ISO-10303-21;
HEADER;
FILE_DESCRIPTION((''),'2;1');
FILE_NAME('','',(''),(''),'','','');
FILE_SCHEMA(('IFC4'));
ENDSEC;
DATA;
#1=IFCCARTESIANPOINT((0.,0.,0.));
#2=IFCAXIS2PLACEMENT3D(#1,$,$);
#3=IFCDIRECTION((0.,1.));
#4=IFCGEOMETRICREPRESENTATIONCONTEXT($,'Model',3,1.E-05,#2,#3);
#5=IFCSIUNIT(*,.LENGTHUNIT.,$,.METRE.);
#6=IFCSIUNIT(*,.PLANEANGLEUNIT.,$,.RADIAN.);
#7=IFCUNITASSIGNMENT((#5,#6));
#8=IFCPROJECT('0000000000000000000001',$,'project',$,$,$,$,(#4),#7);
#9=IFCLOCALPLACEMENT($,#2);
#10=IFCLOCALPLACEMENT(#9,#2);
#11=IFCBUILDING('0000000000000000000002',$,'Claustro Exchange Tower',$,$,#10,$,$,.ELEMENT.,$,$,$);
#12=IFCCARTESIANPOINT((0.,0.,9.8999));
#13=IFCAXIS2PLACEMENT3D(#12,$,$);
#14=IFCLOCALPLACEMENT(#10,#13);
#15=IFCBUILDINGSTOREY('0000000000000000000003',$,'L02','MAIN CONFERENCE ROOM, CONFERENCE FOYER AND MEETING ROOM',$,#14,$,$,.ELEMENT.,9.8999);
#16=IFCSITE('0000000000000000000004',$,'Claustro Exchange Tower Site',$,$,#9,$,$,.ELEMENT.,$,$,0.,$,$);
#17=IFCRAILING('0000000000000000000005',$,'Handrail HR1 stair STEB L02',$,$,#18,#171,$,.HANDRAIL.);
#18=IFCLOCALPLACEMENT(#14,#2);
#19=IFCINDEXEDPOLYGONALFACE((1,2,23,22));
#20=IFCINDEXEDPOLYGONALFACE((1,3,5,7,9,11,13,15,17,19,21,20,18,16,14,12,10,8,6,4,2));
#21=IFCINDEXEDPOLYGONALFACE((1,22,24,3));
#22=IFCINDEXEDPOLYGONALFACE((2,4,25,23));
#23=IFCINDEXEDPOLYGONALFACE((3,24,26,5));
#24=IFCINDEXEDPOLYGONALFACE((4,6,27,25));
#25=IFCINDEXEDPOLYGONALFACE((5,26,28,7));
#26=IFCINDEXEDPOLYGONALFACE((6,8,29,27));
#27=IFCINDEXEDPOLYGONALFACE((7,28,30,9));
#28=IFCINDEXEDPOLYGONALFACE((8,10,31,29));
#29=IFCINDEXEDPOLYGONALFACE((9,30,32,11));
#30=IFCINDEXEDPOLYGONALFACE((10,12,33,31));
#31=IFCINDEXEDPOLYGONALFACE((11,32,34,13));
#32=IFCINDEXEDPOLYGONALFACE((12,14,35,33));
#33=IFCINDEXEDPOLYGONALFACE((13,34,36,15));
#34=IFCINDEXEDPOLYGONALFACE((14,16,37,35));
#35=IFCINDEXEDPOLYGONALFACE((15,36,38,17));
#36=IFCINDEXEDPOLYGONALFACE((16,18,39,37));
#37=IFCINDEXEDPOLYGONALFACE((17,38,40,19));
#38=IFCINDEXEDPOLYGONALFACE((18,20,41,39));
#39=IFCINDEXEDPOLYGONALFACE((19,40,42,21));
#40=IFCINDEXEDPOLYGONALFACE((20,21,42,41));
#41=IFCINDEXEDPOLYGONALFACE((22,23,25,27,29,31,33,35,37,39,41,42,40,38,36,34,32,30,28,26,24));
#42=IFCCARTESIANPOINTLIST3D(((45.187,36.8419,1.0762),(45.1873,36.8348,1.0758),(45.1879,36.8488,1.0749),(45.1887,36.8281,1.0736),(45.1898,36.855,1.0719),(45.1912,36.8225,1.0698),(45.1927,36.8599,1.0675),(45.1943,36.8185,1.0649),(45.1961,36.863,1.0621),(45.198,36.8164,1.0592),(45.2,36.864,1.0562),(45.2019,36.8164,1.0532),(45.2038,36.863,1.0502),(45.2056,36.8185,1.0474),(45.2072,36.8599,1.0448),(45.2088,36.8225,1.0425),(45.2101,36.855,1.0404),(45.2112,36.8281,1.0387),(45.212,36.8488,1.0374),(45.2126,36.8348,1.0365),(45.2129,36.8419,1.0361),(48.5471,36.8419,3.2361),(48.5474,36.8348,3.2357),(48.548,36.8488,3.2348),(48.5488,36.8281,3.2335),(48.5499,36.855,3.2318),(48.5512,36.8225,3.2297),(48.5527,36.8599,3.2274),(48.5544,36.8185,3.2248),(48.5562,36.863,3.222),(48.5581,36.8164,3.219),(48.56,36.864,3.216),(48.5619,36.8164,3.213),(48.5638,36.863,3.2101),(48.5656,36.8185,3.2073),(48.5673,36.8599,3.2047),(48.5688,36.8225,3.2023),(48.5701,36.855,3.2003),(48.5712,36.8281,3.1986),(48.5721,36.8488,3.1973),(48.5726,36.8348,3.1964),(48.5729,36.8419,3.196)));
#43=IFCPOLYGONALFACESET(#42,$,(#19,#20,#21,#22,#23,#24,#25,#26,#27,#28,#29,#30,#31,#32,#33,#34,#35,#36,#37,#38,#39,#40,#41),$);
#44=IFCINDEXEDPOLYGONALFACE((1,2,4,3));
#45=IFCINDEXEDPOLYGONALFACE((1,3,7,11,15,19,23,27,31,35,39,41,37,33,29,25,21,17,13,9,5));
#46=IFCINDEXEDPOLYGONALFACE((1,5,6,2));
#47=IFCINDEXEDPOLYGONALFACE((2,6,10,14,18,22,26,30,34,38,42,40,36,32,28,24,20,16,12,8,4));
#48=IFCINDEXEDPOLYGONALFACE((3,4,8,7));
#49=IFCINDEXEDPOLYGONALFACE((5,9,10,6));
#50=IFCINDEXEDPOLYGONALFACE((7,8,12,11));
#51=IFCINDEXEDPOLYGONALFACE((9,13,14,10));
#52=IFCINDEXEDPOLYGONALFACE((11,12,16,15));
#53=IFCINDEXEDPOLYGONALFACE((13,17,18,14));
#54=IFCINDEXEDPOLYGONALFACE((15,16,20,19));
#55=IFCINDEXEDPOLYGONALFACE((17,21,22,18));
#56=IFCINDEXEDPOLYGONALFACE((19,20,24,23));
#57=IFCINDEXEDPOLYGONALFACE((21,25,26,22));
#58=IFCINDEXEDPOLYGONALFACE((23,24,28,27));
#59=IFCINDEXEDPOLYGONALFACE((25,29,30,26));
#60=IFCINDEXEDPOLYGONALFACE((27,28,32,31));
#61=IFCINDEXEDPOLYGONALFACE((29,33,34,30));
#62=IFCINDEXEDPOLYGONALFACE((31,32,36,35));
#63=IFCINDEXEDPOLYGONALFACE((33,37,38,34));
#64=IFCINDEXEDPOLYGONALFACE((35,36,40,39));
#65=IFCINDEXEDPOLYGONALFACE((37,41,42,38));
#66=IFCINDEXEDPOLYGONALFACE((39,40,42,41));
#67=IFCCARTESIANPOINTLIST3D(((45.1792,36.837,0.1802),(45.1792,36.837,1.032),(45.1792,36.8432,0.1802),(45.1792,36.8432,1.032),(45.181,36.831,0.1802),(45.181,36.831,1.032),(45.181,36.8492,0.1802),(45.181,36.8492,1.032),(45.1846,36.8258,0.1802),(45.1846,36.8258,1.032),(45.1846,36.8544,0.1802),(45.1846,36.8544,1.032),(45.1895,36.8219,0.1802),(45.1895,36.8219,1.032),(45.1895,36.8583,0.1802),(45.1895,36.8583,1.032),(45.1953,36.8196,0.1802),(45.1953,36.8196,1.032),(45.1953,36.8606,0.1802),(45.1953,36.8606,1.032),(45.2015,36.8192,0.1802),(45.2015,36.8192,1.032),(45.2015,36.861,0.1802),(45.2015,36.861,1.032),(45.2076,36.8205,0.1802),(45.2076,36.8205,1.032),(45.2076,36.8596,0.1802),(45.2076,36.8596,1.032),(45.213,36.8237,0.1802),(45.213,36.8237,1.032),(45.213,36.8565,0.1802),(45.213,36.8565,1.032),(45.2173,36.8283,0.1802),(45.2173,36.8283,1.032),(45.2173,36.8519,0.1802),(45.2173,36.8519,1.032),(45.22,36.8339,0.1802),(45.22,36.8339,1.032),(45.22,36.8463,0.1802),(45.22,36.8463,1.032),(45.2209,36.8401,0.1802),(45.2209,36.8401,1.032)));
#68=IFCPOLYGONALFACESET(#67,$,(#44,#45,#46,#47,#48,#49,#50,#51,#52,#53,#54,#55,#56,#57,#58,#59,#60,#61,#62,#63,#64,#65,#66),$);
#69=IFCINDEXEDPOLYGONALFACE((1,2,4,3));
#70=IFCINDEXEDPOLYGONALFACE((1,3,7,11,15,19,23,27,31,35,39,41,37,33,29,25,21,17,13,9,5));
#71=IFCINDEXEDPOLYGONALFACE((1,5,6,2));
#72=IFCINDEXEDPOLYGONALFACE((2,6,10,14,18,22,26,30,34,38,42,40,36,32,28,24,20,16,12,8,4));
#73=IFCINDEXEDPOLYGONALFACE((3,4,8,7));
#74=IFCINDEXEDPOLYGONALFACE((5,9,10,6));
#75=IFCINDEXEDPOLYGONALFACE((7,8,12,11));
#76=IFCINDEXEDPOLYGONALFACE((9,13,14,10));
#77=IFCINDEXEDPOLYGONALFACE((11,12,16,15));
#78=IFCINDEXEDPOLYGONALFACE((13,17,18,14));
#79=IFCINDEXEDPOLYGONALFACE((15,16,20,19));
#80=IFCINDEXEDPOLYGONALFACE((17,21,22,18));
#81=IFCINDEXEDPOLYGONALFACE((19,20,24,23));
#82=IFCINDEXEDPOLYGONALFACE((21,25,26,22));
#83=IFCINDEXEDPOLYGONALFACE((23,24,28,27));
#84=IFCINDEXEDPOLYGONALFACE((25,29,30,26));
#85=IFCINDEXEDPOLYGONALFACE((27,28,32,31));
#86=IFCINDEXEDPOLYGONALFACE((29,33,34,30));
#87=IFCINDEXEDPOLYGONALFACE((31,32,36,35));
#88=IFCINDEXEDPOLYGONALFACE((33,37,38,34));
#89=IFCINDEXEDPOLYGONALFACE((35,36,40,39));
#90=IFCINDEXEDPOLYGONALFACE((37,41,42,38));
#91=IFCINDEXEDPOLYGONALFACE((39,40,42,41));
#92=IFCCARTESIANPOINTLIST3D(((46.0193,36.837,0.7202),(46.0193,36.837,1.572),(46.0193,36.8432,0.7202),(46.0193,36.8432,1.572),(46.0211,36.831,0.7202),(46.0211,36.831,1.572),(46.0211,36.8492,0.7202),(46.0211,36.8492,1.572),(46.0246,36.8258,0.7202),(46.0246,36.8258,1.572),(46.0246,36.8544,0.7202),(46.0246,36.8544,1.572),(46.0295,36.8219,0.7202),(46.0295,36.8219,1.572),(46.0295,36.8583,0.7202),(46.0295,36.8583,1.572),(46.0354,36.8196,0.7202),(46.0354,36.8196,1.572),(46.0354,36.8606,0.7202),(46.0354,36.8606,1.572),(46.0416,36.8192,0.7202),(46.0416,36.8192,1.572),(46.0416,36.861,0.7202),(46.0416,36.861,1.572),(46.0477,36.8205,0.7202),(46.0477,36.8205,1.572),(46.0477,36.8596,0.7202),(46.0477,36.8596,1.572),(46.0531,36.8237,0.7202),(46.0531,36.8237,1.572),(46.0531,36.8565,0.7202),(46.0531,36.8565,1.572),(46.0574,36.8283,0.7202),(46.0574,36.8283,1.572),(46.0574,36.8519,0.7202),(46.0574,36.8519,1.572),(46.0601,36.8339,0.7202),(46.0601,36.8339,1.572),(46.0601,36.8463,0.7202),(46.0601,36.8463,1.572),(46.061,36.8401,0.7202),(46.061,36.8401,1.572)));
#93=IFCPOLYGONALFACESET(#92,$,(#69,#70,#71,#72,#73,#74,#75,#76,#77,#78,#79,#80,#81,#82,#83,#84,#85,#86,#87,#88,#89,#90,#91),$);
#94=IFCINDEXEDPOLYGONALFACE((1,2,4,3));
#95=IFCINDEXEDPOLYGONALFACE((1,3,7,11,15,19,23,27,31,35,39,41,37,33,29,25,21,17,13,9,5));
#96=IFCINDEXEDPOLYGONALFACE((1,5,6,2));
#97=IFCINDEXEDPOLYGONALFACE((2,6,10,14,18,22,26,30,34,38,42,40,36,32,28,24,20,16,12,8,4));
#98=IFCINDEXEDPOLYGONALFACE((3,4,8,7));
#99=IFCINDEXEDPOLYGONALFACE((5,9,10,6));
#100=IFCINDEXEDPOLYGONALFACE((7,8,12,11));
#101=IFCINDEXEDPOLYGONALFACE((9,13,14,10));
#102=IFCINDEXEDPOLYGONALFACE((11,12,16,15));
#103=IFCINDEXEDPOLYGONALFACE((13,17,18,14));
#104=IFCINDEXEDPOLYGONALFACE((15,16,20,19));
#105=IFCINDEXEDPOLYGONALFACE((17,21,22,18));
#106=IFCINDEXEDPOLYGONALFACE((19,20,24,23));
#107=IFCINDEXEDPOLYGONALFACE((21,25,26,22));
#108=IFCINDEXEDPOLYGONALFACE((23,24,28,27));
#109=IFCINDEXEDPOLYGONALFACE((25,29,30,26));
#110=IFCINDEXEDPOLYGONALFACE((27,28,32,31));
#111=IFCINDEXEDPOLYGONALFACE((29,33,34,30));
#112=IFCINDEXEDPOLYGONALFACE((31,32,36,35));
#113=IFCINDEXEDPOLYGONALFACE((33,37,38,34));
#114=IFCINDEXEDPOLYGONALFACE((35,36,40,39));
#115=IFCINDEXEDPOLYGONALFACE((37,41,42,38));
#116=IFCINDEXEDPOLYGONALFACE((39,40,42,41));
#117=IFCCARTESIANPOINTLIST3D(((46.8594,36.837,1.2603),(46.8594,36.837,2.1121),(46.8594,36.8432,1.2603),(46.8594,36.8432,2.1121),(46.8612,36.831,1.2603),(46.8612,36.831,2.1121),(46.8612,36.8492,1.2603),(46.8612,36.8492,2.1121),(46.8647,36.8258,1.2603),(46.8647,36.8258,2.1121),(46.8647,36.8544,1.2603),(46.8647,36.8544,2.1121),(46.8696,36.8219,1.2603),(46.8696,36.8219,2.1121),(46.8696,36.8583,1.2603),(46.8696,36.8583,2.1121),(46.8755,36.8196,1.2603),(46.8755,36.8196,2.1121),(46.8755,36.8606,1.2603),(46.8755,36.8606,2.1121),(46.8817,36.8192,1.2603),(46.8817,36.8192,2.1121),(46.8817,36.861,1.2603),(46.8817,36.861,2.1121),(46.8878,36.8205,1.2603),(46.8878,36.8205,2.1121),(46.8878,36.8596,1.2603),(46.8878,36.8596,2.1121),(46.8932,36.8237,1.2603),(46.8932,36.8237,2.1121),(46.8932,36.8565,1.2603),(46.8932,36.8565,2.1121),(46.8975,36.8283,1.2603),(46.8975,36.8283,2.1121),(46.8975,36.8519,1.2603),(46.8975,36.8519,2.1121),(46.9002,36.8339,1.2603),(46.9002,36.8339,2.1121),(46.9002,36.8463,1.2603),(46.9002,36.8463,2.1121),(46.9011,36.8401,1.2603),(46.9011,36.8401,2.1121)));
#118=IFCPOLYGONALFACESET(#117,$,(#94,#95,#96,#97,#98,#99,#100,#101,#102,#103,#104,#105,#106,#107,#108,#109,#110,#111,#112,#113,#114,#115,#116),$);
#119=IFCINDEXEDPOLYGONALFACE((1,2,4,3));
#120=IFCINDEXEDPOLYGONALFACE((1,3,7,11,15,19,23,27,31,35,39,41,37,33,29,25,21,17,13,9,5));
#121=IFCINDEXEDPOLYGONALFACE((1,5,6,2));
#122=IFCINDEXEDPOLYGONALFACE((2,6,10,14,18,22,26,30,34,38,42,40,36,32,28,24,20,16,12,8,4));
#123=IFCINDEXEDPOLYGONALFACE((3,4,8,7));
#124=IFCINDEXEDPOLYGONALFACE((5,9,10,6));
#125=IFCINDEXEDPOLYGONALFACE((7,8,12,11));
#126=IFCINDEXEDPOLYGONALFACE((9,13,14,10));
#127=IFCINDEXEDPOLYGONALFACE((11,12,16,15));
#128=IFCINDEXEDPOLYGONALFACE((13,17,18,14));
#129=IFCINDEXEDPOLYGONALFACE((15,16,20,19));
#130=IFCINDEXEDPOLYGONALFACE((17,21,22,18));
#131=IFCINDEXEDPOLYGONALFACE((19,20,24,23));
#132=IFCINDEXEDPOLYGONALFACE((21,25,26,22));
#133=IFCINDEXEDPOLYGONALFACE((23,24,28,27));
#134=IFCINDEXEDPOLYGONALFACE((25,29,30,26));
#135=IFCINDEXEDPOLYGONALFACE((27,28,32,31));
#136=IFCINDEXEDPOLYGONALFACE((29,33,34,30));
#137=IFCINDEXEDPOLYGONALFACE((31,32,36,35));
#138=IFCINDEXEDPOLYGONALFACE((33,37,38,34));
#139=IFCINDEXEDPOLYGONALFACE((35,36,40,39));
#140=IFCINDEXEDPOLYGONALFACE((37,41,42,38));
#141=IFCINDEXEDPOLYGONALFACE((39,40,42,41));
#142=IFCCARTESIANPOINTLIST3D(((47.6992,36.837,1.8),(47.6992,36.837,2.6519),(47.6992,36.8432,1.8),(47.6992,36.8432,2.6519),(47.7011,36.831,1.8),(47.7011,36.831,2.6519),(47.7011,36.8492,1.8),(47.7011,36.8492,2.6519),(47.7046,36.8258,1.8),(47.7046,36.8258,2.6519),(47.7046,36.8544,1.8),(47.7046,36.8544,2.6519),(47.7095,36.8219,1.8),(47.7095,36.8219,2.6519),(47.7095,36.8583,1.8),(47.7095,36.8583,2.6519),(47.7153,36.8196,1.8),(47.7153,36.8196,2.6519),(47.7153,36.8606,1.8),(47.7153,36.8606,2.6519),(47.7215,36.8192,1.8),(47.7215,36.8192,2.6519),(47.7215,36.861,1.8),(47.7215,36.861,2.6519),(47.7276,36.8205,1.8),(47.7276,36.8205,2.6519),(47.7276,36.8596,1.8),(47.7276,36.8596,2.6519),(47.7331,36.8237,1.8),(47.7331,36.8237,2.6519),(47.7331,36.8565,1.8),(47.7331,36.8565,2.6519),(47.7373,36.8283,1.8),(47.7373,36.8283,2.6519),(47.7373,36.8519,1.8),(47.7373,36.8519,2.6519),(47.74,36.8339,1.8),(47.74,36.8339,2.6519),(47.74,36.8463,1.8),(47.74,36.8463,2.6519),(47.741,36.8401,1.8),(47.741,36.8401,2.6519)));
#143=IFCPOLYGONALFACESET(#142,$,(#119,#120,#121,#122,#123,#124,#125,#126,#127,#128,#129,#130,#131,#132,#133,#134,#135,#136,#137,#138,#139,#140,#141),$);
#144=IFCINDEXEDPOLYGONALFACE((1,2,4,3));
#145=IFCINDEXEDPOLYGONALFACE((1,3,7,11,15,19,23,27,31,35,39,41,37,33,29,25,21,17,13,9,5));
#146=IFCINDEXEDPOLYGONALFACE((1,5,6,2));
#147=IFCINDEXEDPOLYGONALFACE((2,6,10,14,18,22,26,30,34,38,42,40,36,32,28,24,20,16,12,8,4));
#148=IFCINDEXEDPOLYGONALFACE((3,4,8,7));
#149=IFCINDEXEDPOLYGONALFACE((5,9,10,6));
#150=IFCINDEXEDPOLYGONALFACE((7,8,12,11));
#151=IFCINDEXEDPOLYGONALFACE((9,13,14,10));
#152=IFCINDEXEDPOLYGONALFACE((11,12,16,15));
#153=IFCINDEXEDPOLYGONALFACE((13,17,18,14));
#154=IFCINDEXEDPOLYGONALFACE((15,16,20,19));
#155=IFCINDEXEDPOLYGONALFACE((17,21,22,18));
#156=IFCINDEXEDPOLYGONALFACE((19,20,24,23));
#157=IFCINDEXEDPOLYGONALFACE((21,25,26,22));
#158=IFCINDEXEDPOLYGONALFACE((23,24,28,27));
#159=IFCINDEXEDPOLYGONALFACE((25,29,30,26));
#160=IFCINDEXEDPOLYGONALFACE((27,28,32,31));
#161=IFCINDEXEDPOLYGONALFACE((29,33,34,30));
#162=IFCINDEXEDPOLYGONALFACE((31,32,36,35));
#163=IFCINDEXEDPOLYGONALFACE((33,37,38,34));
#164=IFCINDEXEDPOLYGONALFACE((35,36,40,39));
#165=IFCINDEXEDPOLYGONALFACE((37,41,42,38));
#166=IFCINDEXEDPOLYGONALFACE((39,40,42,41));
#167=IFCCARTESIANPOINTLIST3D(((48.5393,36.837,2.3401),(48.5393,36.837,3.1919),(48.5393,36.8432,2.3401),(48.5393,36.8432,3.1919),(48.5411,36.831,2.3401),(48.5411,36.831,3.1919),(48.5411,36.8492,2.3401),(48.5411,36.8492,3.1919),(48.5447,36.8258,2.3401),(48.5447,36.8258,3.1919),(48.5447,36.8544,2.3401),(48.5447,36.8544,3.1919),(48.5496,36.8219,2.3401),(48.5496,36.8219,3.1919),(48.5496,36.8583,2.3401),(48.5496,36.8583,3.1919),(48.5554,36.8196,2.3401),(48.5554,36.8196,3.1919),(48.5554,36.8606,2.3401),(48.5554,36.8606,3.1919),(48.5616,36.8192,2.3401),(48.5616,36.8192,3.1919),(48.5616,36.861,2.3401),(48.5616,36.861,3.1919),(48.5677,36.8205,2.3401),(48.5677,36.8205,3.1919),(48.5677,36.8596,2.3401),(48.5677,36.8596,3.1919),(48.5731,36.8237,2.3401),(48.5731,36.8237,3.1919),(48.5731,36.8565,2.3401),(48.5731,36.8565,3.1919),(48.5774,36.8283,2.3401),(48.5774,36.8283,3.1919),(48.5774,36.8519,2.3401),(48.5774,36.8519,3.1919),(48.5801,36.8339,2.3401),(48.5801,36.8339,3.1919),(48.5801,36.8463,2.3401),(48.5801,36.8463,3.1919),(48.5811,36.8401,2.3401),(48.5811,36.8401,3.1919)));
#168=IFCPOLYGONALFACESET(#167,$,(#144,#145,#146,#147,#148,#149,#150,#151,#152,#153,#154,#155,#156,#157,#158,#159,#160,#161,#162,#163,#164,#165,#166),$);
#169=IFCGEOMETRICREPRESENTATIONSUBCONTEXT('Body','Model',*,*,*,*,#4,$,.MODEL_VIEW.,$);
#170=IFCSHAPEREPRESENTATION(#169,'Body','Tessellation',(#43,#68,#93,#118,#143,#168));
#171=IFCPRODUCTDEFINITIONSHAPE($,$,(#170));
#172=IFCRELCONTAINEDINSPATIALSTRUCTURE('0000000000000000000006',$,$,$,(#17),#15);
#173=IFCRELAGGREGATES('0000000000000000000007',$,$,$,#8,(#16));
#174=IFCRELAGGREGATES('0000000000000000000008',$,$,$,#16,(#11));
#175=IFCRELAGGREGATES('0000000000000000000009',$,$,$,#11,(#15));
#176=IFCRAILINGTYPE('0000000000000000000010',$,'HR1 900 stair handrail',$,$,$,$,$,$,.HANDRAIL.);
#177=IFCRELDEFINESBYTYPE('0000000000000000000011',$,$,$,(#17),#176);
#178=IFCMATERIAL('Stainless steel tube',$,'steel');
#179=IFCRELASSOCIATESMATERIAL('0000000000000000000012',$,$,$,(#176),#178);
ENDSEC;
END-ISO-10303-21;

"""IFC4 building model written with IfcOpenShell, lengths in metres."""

from ifc_helpers import new_model, si_unit, direction, frame, origin, origin_2d, place, context, subcontext, project, spatial, circle, extrude, material, type_object, element, save


model = new_model("IFC4")

# Units and contexts
model_context = context("Model", 3, precision=1e-05, world=origin(), true_north=direction((0.0, 1.0)))
body_context = subcontext(model_context, "Body", "Model", "MODEL_VIEW")
ifc_project = project(units=[si_unit("LENGTHUNIT", "METRE"), si_unit("PLANEANGLEUNIT", "RADIAN")], contexts=[model_context])

# Site, building, storey
site_placement = place(None, origin())
site = spatial("IfcSite", under=ifc_project, at=site_placement, Name="Claustro Exchange Tower Site", CompositionType="ELEMENT", RefElevation=0.0)
building_placement = place(site_placement, origin())
building = spatial("IfcBuilding", under=site, at=building_placement, Name="Claustro Exchange Tower", CompositionType="ELEMENT")
storey_placement = place(building_placement, frame((0.0, 0.0, 9.8999)))
storey = spatial("IfcBuildingStorey", under=building, at=storey_placement, Name="L02", Description="MAIN CONFERENCE ROOM, CONFERENCE FOYER AND MEETING ROOM", CompositionType="ELEMENT", Elevation=9.8999)

# Railing
ifc_material_1 = material(Name="Stainless steel tube", Category="steel")
railing_type_1 = type_object("IfcRailingType", Name="HR1 900 stair handrail", PredefinedType="HANDRAIL", material=ifc_material_1)
railing_1_placement = place(storey_placement, frame((45.2, 36.8401, 0.1802)))
element("IfcRailing", 1, at=railing_1_placement, inside=storey, type_object=railing_type_1, Name="Handrail HR1 stair STEB L02", PredefinedType="HANDRAIL", context=body_context, shape_type="SweptSolid", body=[
    extrude(circle(Radius=0.0239, at=origin_2d()), frame((0.0, 0.0, 0.876), z_axis=(0.841196, 0.0, 0.54073), x_axis=(0.0, 1.0, 0.0)), (0.0, 0.0, 1.0), 3.9944),
    extrude(circle(Radius=0.021, at=origin_2d()), origin(), (0.0, 0.0, 1.0), 0.8518),
    extrude(circle(Radius=0.021, at=origin_2d()), frame((0.8401, 0.0, 0.54)), (0.0, 0.0, 1.0), 0.8518),
    extrude(circle(Radius=0.021, at=origin_2d()), frame((1.6802, 0.0, 1.0801)), (0.0, 0.0, 1.0), 0.8518),
    extrude(circle(Radius=0.021, at=origin_2d()), frame((2.52, 0.0, 1.6199)), (0.0, 0.0, 1.0), 0.8518),
    extrude(circle(Radius=0.021, at=origin_2d()), frame((3.3601, 0.0, 2.1599)), (0.0, 0.0, 1.0), 0.8518),
])

save(model, "model.ifc")
